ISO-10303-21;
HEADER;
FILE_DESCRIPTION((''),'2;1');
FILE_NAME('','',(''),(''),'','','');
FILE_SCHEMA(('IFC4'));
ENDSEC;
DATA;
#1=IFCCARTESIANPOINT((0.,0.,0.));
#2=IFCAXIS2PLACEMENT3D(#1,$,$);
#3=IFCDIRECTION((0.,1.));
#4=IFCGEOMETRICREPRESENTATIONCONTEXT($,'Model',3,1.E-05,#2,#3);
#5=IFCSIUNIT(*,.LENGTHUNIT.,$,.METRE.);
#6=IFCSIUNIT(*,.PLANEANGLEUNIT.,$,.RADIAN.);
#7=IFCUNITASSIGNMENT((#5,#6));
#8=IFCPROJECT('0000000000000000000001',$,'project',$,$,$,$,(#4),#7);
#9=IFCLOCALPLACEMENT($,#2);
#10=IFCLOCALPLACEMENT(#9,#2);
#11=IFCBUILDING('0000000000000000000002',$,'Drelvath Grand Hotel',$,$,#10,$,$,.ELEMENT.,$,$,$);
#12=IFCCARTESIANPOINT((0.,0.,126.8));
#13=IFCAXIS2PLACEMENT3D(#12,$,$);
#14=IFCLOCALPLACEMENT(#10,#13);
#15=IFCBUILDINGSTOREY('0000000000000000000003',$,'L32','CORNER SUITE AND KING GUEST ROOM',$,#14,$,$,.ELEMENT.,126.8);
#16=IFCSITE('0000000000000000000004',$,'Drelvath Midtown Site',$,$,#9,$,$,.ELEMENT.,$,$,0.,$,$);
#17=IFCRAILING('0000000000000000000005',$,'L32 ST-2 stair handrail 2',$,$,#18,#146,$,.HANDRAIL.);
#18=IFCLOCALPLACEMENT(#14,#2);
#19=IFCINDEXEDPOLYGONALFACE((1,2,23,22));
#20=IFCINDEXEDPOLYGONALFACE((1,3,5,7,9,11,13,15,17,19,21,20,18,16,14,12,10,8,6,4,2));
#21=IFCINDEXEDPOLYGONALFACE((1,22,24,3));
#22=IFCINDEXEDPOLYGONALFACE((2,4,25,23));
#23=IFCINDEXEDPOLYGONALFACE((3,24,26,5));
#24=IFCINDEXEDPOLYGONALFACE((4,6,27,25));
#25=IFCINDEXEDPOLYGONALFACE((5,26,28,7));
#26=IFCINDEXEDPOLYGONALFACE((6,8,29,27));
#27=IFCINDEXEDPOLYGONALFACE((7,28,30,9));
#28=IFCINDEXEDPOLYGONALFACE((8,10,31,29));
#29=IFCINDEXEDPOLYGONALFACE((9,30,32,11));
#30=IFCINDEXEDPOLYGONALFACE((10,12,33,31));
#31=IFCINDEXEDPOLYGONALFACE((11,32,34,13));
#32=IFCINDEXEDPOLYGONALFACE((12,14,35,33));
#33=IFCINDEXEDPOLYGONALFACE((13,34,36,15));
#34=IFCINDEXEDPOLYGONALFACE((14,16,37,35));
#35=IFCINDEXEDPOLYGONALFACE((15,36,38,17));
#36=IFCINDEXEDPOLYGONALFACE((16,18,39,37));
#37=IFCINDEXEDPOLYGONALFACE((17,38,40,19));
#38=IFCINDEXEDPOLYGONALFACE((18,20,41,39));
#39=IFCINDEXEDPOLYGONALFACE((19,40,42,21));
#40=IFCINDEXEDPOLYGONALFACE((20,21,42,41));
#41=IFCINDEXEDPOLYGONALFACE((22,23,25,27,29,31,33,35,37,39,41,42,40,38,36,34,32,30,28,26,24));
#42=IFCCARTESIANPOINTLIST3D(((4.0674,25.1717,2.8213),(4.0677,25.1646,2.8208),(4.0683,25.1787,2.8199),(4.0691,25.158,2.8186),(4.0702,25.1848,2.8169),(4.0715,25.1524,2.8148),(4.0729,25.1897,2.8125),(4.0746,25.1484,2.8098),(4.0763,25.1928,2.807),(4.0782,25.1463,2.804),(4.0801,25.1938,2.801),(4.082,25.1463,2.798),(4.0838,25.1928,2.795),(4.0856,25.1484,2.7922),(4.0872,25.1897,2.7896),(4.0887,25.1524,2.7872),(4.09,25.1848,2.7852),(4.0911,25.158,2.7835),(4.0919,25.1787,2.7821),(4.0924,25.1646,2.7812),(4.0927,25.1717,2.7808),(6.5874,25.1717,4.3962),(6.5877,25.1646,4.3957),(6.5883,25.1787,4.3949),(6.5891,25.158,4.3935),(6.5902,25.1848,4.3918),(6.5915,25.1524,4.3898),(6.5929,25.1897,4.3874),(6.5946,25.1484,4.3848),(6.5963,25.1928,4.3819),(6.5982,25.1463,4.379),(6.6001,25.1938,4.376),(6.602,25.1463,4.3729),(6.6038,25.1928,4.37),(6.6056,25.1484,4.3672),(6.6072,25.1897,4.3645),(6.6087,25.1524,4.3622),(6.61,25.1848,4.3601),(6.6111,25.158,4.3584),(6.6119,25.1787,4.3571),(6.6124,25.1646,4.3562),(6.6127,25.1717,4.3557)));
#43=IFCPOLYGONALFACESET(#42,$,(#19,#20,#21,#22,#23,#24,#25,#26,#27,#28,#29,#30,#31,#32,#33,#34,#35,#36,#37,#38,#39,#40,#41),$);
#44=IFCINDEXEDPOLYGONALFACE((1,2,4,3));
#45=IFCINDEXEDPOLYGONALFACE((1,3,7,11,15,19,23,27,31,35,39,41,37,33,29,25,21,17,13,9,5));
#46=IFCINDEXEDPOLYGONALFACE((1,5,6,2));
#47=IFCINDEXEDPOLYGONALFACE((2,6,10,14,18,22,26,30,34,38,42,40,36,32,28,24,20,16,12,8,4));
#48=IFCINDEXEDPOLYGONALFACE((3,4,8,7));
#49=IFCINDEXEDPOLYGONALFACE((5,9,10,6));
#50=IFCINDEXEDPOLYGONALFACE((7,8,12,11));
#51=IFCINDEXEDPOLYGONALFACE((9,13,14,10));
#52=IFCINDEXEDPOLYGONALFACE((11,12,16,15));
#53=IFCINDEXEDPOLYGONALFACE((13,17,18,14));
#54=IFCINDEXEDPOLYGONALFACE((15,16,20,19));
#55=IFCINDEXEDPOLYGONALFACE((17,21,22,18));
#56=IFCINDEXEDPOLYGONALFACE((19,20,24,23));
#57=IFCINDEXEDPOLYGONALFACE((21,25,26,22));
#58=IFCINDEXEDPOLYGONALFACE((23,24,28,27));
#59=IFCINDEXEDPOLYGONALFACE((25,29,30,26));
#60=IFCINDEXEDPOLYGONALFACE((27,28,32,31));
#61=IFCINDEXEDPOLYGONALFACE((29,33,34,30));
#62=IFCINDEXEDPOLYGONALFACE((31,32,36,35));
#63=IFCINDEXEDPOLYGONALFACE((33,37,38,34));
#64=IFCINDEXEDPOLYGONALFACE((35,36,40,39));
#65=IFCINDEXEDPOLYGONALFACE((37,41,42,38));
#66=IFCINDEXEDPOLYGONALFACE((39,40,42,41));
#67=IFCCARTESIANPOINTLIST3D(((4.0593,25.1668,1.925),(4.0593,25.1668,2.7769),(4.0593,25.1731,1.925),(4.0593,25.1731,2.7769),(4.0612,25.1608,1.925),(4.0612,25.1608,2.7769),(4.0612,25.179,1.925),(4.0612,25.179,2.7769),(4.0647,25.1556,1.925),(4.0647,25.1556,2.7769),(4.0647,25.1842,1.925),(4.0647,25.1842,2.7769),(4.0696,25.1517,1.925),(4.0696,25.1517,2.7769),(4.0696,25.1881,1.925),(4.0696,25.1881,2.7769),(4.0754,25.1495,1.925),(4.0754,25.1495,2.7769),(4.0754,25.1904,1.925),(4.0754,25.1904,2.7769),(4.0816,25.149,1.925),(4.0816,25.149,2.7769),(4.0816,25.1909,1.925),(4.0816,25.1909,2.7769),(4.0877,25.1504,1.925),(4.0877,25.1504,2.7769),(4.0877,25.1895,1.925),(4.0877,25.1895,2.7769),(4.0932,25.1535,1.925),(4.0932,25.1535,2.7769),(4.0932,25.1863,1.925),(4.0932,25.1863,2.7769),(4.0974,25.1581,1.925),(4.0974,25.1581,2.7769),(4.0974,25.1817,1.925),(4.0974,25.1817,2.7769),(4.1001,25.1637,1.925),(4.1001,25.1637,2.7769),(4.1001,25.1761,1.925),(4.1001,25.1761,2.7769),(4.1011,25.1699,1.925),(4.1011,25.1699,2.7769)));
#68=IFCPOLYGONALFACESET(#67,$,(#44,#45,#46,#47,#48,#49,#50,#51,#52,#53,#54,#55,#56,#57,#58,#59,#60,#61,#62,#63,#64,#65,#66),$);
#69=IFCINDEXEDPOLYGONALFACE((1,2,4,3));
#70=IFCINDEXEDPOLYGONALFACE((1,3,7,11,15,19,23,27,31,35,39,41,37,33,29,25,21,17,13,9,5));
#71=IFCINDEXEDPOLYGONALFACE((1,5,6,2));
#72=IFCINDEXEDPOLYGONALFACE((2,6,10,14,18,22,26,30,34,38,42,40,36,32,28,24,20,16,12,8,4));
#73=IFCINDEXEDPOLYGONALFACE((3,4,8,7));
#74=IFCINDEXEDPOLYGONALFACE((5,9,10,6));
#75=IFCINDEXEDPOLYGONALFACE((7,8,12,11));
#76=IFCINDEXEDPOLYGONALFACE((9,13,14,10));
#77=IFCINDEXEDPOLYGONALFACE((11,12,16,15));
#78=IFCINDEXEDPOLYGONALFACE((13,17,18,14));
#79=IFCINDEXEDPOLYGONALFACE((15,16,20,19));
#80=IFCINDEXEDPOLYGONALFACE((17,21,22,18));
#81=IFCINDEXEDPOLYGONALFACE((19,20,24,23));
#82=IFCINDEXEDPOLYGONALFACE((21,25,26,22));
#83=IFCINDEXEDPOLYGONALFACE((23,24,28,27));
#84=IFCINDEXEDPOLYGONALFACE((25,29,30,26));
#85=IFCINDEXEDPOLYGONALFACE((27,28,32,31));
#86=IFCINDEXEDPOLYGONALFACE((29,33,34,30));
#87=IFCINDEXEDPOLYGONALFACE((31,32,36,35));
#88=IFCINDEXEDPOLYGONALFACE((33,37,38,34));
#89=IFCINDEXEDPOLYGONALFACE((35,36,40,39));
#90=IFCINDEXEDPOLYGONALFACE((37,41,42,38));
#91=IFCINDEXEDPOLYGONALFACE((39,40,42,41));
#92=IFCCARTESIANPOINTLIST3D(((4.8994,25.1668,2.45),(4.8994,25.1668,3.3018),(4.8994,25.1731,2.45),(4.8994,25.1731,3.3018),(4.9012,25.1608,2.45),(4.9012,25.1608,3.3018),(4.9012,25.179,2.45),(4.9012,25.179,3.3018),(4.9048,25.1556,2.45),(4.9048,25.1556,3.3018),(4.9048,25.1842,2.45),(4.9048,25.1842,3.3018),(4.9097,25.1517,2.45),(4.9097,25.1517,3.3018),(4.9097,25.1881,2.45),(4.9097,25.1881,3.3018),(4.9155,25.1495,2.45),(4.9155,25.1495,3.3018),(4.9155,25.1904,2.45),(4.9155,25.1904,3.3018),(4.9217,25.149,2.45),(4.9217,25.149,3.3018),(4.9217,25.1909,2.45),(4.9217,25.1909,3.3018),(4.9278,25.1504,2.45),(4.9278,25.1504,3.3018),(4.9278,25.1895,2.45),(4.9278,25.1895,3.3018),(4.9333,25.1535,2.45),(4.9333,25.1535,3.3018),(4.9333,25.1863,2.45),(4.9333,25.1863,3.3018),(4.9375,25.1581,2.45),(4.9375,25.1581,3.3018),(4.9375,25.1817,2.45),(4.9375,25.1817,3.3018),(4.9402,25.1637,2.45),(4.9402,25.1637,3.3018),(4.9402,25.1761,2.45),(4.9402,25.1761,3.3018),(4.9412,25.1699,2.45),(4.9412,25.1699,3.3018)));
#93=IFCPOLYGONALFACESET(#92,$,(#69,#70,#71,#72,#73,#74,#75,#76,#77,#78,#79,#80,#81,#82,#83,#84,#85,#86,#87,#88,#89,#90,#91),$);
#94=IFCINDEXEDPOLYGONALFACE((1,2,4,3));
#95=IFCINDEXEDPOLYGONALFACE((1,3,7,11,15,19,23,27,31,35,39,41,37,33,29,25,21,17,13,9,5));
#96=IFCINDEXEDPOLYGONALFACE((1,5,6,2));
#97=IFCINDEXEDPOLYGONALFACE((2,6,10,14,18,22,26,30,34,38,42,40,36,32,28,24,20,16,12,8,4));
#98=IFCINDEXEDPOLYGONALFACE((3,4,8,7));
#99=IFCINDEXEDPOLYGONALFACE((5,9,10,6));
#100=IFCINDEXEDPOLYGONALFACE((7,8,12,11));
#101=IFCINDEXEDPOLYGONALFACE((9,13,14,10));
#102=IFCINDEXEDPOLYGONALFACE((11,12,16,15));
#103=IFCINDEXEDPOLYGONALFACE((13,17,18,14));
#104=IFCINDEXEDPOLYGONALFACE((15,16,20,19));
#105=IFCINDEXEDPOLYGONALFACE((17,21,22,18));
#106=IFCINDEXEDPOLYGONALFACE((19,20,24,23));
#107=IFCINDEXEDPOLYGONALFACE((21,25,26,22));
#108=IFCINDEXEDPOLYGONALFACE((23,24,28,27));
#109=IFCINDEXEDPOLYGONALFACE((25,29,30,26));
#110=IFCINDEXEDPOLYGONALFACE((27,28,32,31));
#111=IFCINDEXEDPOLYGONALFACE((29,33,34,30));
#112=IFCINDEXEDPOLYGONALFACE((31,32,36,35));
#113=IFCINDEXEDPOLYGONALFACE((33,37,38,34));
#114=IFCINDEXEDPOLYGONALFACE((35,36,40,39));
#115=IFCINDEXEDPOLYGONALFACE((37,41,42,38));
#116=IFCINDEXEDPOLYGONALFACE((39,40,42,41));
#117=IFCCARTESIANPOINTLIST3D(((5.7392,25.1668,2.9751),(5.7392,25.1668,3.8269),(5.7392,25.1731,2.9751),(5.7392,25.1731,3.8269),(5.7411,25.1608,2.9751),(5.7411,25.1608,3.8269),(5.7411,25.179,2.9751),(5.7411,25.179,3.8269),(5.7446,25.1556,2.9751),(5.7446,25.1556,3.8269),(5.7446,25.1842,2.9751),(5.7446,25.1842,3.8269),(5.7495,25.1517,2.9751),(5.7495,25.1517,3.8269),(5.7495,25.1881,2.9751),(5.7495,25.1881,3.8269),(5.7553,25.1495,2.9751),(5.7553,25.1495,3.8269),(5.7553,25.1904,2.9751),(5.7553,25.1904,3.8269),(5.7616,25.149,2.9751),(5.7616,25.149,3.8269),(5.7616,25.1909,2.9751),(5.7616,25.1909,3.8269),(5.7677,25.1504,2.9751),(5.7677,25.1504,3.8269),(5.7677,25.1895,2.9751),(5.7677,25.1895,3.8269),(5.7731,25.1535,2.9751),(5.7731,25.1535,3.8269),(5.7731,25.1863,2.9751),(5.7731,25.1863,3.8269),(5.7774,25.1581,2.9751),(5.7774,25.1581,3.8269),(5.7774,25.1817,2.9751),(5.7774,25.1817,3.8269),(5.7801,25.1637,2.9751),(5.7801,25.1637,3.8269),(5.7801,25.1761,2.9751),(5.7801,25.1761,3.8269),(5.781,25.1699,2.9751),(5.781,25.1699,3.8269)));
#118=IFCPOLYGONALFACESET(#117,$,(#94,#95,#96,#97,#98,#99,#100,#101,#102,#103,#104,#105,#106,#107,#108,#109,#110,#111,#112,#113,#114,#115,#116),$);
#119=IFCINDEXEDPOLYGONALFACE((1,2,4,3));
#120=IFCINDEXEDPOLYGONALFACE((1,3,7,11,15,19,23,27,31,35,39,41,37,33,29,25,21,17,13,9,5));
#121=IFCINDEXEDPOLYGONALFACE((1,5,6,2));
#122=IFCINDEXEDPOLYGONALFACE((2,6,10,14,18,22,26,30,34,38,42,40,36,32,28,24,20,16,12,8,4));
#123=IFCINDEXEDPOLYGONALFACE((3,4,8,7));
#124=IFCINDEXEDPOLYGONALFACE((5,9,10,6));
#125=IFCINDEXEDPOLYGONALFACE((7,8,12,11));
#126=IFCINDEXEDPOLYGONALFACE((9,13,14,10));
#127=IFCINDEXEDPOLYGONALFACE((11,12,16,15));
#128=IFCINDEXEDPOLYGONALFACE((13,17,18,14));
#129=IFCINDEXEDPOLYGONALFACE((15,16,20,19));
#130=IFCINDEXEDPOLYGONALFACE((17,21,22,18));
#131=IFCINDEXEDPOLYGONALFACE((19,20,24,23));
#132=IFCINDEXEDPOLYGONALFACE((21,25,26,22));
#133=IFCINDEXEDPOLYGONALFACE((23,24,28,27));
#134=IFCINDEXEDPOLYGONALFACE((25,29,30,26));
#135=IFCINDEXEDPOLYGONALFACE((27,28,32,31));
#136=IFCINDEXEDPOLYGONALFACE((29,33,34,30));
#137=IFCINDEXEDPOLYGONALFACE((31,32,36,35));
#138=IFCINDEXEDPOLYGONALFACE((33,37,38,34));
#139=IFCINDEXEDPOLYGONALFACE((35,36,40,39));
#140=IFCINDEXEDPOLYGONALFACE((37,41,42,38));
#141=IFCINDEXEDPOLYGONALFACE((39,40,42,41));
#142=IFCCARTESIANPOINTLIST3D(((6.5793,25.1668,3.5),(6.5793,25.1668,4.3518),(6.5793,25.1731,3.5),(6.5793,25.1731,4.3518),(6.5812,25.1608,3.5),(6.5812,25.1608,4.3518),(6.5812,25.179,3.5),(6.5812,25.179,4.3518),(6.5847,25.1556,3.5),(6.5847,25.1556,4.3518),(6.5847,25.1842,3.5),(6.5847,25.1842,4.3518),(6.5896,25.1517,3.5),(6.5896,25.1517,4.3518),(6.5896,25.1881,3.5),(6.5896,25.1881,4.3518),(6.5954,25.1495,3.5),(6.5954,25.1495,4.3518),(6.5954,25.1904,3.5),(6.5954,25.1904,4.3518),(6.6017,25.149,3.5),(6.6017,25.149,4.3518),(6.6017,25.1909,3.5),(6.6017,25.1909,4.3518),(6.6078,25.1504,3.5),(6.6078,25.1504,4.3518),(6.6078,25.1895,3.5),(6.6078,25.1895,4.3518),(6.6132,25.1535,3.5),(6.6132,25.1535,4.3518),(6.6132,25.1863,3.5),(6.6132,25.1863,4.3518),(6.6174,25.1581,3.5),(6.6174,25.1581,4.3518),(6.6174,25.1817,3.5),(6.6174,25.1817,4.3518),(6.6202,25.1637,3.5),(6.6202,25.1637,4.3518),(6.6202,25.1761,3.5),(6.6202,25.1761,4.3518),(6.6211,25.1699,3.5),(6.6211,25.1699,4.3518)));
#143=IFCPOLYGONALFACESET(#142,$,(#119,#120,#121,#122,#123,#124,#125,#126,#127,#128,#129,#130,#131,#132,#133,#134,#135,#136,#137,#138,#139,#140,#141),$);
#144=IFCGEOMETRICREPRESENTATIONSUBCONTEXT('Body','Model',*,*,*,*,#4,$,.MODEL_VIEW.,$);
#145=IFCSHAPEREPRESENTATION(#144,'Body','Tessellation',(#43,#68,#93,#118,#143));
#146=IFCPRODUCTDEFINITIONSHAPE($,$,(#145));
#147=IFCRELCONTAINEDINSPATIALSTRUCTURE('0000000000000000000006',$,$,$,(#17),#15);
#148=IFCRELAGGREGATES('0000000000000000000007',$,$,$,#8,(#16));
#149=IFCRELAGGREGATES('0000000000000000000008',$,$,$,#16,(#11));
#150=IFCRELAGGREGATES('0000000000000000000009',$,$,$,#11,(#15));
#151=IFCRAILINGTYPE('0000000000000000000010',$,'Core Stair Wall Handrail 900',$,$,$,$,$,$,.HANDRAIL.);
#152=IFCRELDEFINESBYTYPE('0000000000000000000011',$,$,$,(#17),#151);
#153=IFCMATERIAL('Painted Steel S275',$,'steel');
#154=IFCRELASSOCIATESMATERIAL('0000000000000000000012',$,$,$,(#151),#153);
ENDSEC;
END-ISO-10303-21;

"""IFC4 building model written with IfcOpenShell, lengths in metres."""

from ifc_helpers import new_model, si_unit, direction, frame, origin, origin_2d, place, context, subcontext, project, spatial, circle, extrude, material, type_object, element, save


model = new_model("IFC4")

# Units and contexts
model_context = context("Model", 3, precision=1e-05, world=origin(), true_north=direction((0.0, 1.0)))
body_context = subcontext(model_context, "Body", "Model", "MODEL_VIEW")
ifc_project = project(units=[si_unit("LENGTHUNIT", "METRE"), si_unit("PLANEANGLEUNIT", "RADIAN")], contexts=[model_context])

# Site, building, storey
site_placement = place(None, origin())
site = spatial("IfcSite", under=ifc_project, at=site_placement, Name="Drelvath Midtown Site", CompositionType="ELEMENT", RefElevation=0.0)
building_placement = place(site_placement, origin())
building = spatial("IfcBuilding", under=site, at=building_placement, Name="Drelvath Grand Hotel", CompositionType="ELEMENT")
storey_placement = place(building_placement, frame((0.0, 0.0, 126.8)))
storey = spatial("IfcBuildingStorey", under=building, at=storey_placement, Name="L32", Description="CORNER SUITE AND KING GUEST ROOM", CompositionType="ELEMENT", Elevation=126.8)

# Railing
ifc_material_1 = material(Name="Painted Steel S275", Category="steel")
railing_type_1 = type_object("IfcRailingType", Name="Core Stair Wall Handrail 900", PredefinedType="HANDRAIL", material=ifc_material_1)
railing_1_placement = place(storey_placement, frame((4.0801, 25.1699, 1.925)))
element("IfcRailing", 1, at=railing_1_placement, inside=storey, type_object=railing_type_1, Name="L32 ST-2 stair handrail 2", PredefinedType="HANDRAIL", context=body_context, shape_type="SweptSolid", body=[
    extrude(circle(Radius=0.0239, at=origin_2d()), frame((0.0, 0.0, 0.876), z_axis=(0.848008, 0.0, 0.529984), x_axis=(0.0, 1.0, 0.0)), (0.0, 0.0, 1.0), 2.9717),
    extrude(circle(Radius=0.021, at=origin_2d()), origin(), (0.0, 0.0, 1.0), 0.8518),
    extrude(circle(Radius=0.021, at=origin_2d()), frame((0.8401, 0.0, 0.5249)), (0.0, 0.0, 1.0), 0.8518),
    extrude(circle(Radius=0.021, at=origin_2d()), frame((1.6799, 0.0, 1.05)), (0.0, 0.0, 1.0), 0.8518),
    extrude(circle(Radius=0.021, at=origin_2d()), frame((2.52, 0.0, 1.575)), (0.0, 0.0, 1.0), 0.8518),
])

save(model, "model.ifc")
